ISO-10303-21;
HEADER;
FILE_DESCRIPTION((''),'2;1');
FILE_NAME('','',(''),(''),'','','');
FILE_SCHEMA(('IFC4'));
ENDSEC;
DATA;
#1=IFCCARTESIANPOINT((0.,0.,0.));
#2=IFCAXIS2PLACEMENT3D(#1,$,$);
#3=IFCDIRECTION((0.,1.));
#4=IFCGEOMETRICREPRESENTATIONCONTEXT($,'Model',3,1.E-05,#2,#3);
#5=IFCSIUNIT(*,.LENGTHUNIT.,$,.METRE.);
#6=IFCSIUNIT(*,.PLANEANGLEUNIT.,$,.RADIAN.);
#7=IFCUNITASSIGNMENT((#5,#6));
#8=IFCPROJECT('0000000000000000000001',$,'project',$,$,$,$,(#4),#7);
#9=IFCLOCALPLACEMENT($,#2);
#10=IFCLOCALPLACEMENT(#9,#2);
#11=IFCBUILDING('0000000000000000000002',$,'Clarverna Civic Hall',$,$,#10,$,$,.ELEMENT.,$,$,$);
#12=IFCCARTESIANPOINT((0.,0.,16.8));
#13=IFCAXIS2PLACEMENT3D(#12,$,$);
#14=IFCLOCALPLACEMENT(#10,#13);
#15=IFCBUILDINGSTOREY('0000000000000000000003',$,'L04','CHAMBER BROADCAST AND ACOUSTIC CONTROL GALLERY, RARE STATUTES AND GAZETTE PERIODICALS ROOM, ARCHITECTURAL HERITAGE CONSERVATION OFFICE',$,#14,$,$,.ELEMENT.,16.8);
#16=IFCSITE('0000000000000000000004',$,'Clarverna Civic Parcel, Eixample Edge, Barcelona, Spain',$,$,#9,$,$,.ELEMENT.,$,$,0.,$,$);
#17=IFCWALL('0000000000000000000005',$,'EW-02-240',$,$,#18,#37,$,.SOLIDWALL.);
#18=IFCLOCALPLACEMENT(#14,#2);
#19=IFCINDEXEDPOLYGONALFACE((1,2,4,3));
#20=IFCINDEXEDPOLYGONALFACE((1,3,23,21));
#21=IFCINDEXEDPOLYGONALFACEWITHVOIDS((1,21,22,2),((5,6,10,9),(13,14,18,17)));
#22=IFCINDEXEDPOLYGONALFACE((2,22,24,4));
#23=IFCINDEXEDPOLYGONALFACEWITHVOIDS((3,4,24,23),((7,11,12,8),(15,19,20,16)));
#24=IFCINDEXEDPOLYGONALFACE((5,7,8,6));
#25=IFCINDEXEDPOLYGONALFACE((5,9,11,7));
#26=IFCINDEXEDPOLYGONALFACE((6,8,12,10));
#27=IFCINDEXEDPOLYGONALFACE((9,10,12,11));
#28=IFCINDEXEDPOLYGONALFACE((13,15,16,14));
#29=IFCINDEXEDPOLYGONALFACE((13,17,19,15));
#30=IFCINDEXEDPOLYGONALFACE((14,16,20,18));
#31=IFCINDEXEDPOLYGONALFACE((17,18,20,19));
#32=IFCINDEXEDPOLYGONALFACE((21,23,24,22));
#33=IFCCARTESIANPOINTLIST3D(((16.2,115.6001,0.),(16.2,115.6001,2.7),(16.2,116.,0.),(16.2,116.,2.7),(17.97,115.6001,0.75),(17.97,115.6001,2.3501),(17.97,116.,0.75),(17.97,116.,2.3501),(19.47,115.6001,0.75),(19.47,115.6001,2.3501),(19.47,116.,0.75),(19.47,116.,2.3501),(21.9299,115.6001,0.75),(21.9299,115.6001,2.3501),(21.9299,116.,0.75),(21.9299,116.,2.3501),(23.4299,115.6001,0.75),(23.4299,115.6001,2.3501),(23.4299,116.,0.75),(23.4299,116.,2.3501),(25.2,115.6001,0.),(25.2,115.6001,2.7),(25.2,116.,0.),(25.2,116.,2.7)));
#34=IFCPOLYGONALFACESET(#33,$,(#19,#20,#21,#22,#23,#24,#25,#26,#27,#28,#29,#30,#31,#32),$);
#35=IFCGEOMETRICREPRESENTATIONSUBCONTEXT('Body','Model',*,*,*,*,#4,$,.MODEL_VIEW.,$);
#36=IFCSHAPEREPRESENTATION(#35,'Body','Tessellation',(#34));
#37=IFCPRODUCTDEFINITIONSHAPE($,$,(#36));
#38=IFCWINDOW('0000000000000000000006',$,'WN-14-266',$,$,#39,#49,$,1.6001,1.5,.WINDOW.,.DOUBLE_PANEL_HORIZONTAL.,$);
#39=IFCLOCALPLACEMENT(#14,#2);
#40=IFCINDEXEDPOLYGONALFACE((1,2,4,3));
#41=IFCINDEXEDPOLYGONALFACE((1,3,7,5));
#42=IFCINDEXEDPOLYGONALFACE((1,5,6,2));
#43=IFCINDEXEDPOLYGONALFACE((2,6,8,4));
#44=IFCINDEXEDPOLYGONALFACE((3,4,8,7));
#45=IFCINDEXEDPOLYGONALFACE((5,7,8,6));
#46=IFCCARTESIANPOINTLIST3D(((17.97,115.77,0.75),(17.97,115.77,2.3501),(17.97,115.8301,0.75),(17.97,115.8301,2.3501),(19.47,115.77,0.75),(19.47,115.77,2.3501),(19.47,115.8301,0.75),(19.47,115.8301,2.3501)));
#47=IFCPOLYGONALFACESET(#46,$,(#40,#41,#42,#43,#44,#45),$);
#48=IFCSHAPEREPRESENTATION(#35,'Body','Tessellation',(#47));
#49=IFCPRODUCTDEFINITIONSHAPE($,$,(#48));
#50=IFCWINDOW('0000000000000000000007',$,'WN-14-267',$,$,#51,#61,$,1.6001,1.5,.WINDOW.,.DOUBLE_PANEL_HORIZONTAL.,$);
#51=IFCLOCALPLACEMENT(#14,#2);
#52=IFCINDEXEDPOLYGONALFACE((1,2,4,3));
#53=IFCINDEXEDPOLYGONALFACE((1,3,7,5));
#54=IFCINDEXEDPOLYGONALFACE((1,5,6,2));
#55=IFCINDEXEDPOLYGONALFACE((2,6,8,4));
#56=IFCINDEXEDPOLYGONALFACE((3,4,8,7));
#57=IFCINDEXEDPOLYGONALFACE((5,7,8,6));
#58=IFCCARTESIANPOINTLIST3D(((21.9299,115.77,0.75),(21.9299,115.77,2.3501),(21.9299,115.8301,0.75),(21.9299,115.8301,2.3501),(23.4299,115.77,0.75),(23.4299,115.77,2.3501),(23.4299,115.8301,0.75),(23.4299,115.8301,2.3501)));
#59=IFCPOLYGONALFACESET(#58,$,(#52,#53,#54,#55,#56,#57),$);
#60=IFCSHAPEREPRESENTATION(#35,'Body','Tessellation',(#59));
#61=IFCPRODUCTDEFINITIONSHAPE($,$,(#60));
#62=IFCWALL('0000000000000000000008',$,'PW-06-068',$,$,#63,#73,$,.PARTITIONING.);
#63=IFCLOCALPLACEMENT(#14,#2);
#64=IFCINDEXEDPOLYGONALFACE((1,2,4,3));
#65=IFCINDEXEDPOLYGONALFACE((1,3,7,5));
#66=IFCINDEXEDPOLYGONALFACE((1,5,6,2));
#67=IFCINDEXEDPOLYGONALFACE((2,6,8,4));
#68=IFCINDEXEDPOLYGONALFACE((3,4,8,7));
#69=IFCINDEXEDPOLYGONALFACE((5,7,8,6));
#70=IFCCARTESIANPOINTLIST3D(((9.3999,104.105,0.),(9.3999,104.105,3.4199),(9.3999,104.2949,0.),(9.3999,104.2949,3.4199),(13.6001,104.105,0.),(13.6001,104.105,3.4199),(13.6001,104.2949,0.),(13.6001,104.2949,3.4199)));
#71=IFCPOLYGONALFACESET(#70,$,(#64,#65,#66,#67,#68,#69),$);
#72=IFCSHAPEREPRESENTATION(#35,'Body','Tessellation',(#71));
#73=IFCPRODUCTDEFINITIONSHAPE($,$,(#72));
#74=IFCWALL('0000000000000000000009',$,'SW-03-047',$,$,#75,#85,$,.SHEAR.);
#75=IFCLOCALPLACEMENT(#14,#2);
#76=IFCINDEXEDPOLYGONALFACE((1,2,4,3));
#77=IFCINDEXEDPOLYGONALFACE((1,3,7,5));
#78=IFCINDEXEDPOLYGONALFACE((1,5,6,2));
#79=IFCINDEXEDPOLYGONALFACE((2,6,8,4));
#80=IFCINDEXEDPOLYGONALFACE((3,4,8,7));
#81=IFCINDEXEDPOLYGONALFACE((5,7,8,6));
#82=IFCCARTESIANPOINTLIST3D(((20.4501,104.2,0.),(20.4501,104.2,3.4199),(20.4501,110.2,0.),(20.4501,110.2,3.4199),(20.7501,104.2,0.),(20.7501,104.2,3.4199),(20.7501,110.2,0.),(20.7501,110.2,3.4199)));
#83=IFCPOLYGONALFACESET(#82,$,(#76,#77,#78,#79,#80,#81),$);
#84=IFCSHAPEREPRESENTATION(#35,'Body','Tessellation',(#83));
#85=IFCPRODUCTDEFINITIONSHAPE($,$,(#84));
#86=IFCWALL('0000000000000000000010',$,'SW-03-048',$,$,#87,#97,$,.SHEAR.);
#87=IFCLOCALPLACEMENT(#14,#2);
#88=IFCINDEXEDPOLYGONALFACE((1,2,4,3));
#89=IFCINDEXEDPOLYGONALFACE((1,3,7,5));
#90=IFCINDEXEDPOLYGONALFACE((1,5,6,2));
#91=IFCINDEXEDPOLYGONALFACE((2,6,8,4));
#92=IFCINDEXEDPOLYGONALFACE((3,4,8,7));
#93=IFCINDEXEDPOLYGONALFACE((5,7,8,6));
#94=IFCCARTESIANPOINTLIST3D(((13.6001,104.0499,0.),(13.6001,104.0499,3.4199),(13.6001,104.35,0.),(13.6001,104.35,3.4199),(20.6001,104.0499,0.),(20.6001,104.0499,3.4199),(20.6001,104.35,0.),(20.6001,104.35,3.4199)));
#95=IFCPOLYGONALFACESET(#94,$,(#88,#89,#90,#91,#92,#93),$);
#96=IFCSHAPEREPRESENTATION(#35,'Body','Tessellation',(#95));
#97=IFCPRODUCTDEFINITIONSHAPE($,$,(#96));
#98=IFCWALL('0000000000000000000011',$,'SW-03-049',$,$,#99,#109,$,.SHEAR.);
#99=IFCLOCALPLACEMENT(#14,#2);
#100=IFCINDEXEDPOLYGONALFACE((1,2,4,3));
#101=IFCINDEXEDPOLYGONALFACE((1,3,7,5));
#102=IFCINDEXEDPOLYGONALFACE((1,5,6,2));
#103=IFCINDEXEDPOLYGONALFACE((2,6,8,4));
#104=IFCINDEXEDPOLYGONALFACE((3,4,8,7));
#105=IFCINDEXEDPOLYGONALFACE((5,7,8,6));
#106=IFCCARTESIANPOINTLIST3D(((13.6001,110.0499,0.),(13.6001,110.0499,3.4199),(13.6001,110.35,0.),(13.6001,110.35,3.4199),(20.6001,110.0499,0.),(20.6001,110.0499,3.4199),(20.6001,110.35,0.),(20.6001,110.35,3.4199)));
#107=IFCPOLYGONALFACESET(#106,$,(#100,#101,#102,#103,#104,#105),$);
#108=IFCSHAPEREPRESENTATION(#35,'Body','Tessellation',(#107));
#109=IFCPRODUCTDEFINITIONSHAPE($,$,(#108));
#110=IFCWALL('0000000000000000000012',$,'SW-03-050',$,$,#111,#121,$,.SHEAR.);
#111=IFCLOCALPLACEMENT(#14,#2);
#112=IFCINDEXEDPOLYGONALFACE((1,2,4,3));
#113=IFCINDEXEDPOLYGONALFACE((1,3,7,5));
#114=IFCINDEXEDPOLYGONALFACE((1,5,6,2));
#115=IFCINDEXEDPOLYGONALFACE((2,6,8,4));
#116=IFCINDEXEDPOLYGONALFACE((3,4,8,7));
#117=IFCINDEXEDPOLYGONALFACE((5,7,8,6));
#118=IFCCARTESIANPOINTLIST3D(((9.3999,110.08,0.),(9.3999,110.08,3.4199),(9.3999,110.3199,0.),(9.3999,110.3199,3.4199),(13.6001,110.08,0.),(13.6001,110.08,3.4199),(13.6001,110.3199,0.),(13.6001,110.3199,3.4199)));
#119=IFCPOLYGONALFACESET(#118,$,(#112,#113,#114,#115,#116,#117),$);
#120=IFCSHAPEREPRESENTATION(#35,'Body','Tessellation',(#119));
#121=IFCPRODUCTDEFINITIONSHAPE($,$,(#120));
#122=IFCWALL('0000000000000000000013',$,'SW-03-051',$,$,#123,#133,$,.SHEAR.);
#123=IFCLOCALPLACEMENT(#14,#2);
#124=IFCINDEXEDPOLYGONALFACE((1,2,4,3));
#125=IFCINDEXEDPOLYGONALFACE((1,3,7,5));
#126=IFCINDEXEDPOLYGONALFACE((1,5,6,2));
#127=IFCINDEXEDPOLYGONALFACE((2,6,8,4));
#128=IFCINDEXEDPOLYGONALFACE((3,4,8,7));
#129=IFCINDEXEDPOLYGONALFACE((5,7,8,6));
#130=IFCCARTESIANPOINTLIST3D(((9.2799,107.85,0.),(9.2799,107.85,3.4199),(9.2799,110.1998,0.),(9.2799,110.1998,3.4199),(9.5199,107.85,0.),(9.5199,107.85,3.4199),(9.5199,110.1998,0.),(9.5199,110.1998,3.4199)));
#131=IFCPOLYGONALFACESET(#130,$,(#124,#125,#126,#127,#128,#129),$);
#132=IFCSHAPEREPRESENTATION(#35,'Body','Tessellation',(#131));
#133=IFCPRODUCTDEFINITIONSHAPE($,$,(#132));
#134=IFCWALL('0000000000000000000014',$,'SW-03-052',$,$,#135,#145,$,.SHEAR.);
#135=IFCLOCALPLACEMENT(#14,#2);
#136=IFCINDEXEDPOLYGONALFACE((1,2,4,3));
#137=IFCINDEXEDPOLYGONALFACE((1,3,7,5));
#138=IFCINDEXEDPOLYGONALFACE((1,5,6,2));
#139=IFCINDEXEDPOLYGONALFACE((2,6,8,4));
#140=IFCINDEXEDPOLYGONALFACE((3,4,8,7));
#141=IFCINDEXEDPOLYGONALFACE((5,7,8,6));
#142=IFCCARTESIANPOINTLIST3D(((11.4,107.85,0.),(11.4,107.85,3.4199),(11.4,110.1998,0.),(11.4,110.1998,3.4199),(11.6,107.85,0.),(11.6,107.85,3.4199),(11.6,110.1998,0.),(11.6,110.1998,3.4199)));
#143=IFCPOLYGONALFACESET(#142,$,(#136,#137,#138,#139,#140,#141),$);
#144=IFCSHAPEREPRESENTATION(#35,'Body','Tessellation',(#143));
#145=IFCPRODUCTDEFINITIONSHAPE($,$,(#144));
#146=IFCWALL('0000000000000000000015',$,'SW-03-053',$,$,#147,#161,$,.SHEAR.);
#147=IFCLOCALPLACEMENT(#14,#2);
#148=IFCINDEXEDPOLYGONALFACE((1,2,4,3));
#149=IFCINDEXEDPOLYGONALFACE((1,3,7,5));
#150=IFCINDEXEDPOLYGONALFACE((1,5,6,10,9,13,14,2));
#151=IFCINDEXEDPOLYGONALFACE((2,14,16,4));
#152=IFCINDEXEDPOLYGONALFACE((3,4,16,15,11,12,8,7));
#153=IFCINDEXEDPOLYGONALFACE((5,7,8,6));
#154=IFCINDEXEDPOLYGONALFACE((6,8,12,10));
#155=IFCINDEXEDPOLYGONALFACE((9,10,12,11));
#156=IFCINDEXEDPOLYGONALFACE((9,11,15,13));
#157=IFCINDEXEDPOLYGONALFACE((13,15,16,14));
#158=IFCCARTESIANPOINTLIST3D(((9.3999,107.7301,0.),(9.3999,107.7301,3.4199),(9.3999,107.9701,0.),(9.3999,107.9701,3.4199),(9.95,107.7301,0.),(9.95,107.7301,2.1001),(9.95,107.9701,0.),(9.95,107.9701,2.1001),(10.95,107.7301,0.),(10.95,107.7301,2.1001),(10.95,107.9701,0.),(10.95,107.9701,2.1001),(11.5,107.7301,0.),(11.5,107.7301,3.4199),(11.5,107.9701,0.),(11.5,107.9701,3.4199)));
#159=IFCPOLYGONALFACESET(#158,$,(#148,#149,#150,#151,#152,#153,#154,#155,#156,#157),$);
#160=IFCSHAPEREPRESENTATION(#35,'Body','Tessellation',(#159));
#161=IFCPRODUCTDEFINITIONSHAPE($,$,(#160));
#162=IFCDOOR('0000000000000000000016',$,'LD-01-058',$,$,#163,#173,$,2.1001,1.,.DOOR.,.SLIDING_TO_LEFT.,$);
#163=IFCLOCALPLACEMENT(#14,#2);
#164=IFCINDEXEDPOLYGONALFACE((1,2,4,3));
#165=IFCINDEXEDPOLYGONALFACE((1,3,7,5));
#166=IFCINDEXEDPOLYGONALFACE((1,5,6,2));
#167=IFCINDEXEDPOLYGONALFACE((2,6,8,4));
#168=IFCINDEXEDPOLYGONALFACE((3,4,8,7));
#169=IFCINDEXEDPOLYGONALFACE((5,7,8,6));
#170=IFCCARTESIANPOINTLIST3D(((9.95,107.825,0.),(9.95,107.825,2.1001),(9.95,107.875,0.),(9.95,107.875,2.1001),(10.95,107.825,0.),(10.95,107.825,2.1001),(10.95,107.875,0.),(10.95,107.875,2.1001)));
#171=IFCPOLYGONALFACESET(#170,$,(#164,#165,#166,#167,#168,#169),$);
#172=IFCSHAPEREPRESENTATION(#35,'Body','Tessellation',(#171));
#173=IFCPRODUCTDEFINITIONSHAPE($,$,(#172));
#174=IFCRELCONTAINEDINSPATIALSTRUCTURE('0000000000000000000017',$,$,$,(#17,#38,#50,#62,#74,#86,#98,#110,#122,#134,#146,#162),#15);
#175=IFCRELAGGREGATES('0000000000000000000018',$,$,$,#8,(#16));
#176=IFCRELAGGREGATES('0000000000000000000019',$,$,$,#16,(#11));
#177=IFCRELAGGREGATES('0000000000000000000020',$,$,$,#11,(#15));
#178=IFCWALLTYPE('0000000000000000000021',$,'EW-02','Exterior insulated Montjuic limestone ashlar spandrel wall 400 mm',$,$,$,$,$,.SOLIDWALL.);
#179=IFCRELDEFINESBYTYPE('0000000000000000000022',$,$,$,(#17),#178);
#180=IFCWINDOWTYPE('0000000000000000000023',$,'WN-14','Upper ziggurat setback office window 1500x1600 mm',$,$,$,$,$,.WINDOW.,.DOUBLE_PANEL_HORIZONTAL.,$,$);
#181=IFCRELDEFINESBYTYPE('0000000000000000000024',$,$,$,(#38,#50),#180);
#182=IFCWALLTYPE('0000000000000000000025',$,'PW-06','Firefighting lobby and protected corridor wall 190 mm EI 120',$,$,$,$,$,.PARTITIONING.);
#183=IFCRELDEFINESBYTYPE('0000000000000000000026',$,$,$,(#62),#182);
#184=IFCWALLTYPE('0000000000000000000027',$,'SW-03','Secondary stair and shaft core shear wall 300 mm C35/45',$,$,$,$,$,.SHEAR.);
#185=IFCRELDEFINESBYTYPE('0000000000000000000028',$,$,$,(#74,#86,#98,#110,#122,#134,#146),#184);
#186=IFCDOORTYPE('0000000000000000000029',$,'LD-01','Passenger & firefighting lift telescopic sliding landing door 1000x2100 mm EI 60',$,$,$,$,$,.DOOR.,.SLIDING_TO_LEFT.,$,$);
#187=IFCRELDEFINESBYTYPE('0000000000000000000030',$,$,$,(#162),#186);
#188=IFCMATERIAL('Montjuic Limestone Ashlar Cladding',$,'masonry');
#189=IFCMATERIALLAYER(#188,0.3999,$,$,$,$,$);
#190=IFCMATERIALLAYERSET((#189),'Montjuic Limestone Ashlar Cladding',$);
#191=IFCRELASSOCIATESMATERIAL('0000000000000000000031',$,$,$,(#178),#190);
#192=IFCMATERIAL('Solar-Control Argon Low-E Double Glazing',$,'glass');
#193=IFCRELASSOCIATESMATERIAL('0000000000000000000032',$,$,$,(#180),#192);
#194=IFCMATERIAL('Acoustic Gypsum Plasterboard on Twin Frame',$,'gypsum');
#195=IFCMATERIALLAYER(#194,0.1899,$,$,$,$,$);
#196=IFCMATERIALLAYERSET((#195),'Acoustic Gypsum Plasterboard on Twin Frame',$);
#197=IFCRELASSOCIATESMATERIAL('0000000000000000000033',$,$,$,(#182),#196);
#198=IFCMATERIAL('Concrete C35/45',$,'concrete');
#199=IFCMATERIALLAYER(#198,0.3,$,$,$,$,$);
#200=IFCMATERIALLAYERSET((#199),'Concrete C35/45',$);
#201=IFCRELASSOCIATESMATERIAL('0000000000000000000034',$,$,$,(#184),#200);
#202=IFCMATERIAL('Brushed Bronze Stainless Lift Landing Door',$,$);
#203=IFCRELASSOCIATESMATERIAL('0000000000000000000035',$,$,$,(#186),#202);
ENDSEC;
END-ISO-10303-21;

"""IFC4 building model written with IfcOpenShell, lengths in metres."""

from ifc_helpers import new_model, si_unit, direction, frame, frame_2d, origin, place, context, subcontext, project, spatial, rectangle, extrude, material, layer, layer_set, type_object, element, fill, save


model = new_model("IFC4")

# Units and contexts
model_context = context("Model", 3, precision=1e-05, world=origin(), true_north=direction((0.0, 1.0)))
body_context = subcontext(model_context, "Body", "Model", "MODEL_VIEW")
ifc_project = project(units=[si_unit("LENGTHUNIT", "METRE"), si_unit("PLANEANGLEUNIT", "RADIAN")], contexts=[model_context])

# Site, building, storey
site_placement = place(None, origin())
site = spatial("IfcSite", under=ifc_project, at=site_placement, Name="Clarverna Civic Parcel, Eixample Edge, Barcelona, Spain", CompositionType="ELEMENT", RefElevation=0.0)
building_placement = place(site_placement, origin())
building = spatial("IfcBuilding", under=site, at=building_placement, Name="Clarverna Civic Hall", CompositionType="ELEMENT")
storey_placement = place(building_placement, frame((0.0, 0.0, 16.8)))
storey = spatial("IfcBuildingStorey", under=building, at=storey_placement, Name="L04", Description="CHAMBER BROADCAST AND ACOUSTIC CONTROL GALLERY, RARE STATUTES AND GAZETTE PERIODICALS ROOM, ARCHITECTURAL HERITAGE CONSERVATION OFFICE", CompositionType="ELEMENT", Elevation=16.8)

# Shared definitions
ifc_material_1 = material(Name="Concrete C35/45", Category="concrete")

# Wall, openings, windows
ifc_material_2 = material(Name="Montjuic Limestone Ashlar Cladding", Category="masonry")
ifc_layer_1 = layer(ifc_material_2, 0.3999)
ifc_layer_set_1 = layer_set([ifc_layer_1], Name="Montjuic Limestone Ashlar Cladding")
wall_type_1 = type_object("IfcWallType", Name="EW-02", Description="Exterior insulated Montjuic limestone ashlar spandrel wall 400 mm", PredefinedType="SOLIDWALL", material=ifc_layer_set_1)
wall_1_placement = place(storey_placement, frame((16.2, 115.8, 0.0), z_axis=(0.0, 0.0, 1.0), x_axis=(1.0, 0.0, 0.0)))
wall_1 = element("IfcWall", 1, at=wall_1_placement, inside=storey, type_object=wall_type_1, Name="EW-02-240", PredefinedType="SOLIDWALL", context=body_context, shape_type="SweptSolid", body=[
    extrude(rectangle(XDim=9.0, YDim=0.3999, at=frame_2d((4.5, 0.0))), origin(), (0.0, 0.0, 1.0), 2.7),
])
opening_1_placement = place(wall_1_placement, frame((1.77, 0.0, 0.75)))
opening_1 = element("IfcOpeningElement", 2, at=opening_1_placement, cuts=wall_1, PredefinedType="OPENING", context=body_context, shape_type="SweptSolid", body=[
    extrude(rectangle(XDim=1.5, YDim=1.6001, at=frame_2d((0.75, 0.8))), frame((0.0, 0.21, 0.0), z_axis=(0.0, -1.0, 0.0), x_axis=(1.0, 0.0, 0.0)), (0.0, 0.0, 1.0), 0.4199),
])
opening_2_placement = place(wall_1_placement, frame((5.73, 0.0, 0.75)))
opening_2 = element("IfcOpeningElement", 3, at=opening_2_placement, cuts=wall_1, PredefinedType="OPENING", context=body_context, shape_type="SweptSolid", body=[
    extrude(rectangle(XDim=1.5, YDim=1.6001, at=frame_2d((0.75, 0.8))), frame((0.0, 0.21, 0.0), z_axis=(0.0, -1.0, 0.0), x_axis=(1.0, 0.0, 0.0)), (0.0, 0.0, 1.0), 0.4199),
])
ifc_material_3 = material(Name="Solar-Control Argon Low-E Double Glazing", Category="glass")
window_type = type_object("IfcWindowType", Name="WN-14", Description="Upper ziggurat setback office window 1500x1600 mm", PartitioningType="DOUBLE_PANEL_HORIZONTAL", PredefinedType="WINDOW", material=ifc_material_3)
window_1_placement = place(opening_1_placement, origin())
window_1 = element("IfcWindow", 4, at=window_1_placement, inside=storey, type_object=window_type, Name="WN-14-266", OverallHeight=1.6001, OverallWidth=1.5, PartitioningType="DOUBLE_PANEL_HORIZONTAL", PredefinedType="WINDOW", context=body_context, shape_type="SweptSolid", body=[
    extrude(rectangle(XDim=1.5, YDim=1.6001, at=frame_2d((0.75, 0.8))), frame((0.0, 0.03, 0.0), z_axis=(0.0, -1.0, 0.0), x_axis=(1.0, 0.0, 0.0)), (0.0, 0.0, 1.0), 0.0601),
])
fill(opening_1, window_1)
window_2_placement = place(opening_2_placement, origin())
window_2 = element("IfcWindow", 5, at=window_2_placement, inside=storey, type_object=window_type, Name="WN-14-267", OverallHeight=1.6001, OverallWidth=1.5, PartitioningType="DOUBLE_PANEL_HORIZONTAL", PredefinedType="WINDOW", context=body_context, shape_type="SweptSolid", body=[
    extrude(rectangle(XDim=1.5, YDim=1.6001, at=frame_2d((0.75, 0.8))), frame((0.0, 0.03, 0.0), z_axis=(0.0, -1.0, 0.0), x_axis=(1.0, 0.0, 0.0)), (0.0, 0.0, 1.0), 0.0601),
])
fill(opening_2, window_2)

# Shared definitions
ifc_material_4 = material(Name="Acoustic Gypsum Plasterboard on Twin Frame", Category="gypsum")
ifc_layer_2 = layer(ifc_material_4, 0.1899)
ifc_layer_set_2 = layer_set([ifc_layer_2], Name="Acoustic Gypsum Plasterboard on Twin Frame")
wall_type_2 = type_object("IfcWallType", Name="PW-06", Description="Firefighting lobby and protected corridor wall 190 mm EI 120", PredefinedType="PARTITIONING", material=ifc_layer_set_2)

# Wall
wall_2_placement = place(storey_placement, frame((9.3999, 104.2, 0.0), z_axis=(0.0, 0.0, 1.0), x_axis=(1.0, 0.0, 0.0)))
element("IfcWall", 6, at=wall_2_placement, inside=storey, type_object=wall_type_2, Name="PW-06-068", PredefinedType="PARTITIONING", context=body_context, shape_type="SweptSolid", body=[
    extrude(rectangle(XDim=4.2002, YDim=0.1899, at=frame_2d((2.1001, 0.0))), origin(), (0.0, 0.0, 1.0), 3.4199),
])

# Shared definitions
ifc_layer_3 = layer(ifc_material_1, 0.3)
ifc_layer_set_3 = layer_set([ifc_layer_3], Name="Concrete C35/45")
wall_type_3 = type_object("IfcWallType", Name="SW-03", Description="Secondary stair and shaft core shear wall 300 mm C35/45", PredefinedType="SHEAR", material=ifc_layer_set_3)

# Walls
wall_3_placement = place(storey_placement, frame((20.6001, 104.2, 0.0), z_axis=(0.0, 0.0, 1.0), x_axis=(0.0, 1.0, 0.0)))
element("IfcWall", 7, at=wall_3_placement, inside=storey, type_object=wall_type_3, Name="SW-03-047", PredefinedType="SHEAR", context=body_context, shape_type="SweptSolid", body=[
    extrude(rectangle(XDim=6.0, YDim=0.3, at=frame_2d((3.0, 0.0))), origin(), (0.0, 0.0, 1.0), 3.4199),
])
for number, where, z_axis, x_axis, name in (
    (8, (13.6001, 104.2, 0.0), (0.0, 0.0, 1.0), (1.0, 0.0, 0.0), "SW-03-048"),
    (9, (13.6001, 110.2, 0.0), (0.0, 0.0, 1.0), (1.0, 0.0, 0.0), "SW-03-049"),
):
    element("IfcWall", number, at=place(storey_placement, frame(where, z_axis=z_axis, x_axis=x_axis)), inside=storey, type_object=wall_type_3, Name=name, PredefinedType="SHEAR", context=body_context, shape_type="SweptSolid", body=[
        extrude(rectangle(XDim=7.0, YDim=0.3, at=frame_2d((3.5, 0.0))), origin(), (0.0, 0.0, 1.0), 3.4199),
    ])
wall_4_placement = place(storey_placement, frame((9.3999, 110.2, 0.0), z_axis=(0.0, 0.0, 1.0), x_axis=(1.0, 0.0, 0.0)))
element("IfcWall", 10, at=wall_4_placement, inside=storey, type_object=wall_type_3, Name="SW-03-050", PredefinedType="SHEAR", context=body_context, shape_type="SweptSolid", body=[
    extrude(rectangle(XDim=4.2002, YDim=0.24, at=frame_2d((2.1001, 0.0))), origin(), (0.0, 0.0, 1.0), 3.4199),
])
wall_5_placement = place(storey_placement, frame((9.3999, 107.8501, 0.0), z_axis=(0.0, 0.0, 1.0), x_axis=(0.0, 1.0, 0.0)))
element("IfcWall", 11, at=wall_5_placement, inside=storey, type_object=wall_type_3, Name="SW-03-051", PredefinedType="SHEAR", context=body_context, shape_type="SweptSolid", body=[
    extrude(rectangle(XDim=2.3499, YDim=0.24, at=frame_2d((1.1748, 0.0))), origin(), (0.0, 0.0, 1.0), 3.4199),
])
wall_6_placement = place(storey_placement, frame((11.5, 107.8501, 0.0), z_axis=(0.0, 0.0, 1.0), x_axis=(0.0, 1.0, 0.0)))
element("IfcWall", 12, at=wall_6_placement, inside=storey, type_object=wall_type_3, Name="SW-03-052", PredefinedType="SHEAR", context=body_context, shape_type="SweptSolid", body=[
    extrude(rectangle(XDim=2.3499, YDim=0.2, at=frame_2d((1.1748, 0.0))), origin(), (0.0, 0.0, 1.0), 3.4199),
])

# Wall, opening, door
wall_7_placement = place(storey_placement, frame((9.3999, 107.8501, 0.0), z_axis=(0.0, 0.0, 1.0), x_axis=(1.0, 0.0, 0.0)))
wall_7 = element("IfcWall", 13, at=wall_7_placement, inside=storey, type_object=wall_type_3, Name="SW-03-053", PredefinedType="SHEAR", context=body_context, shape_type="SweptSolid", body=[
    extrude(rectangle(XDim=2.1001, YDim=0.24, at=frame_2d((1.05, 0.0))), origin(), (0.0, 0.0, 1.0), 3.4199),
])
opening_3_placement = place(wall_7_placement, frame((0.55, 0.0, 0.0)))
opening_3 = element("IfcOpeningElement", 14, at=opening_3_placement, cuts=wall_7, PredefinedType="OPENING", context=body_context, shape_type="SweptSolid", body=[
    extrude(rectangle(XDim=1.0, YDim=2.1001, at=frame_2d((0.5, 1.05))), frame((0.0, 0.1299, 0.0), z_axis=(0.0, -1.0, 0.0), x_axis=(1.0, 0.0, 0.0)), (0.0, 0.0, 1.0), 0.26),
])
ifc_material_5 = material(Name="Brushed Bronze Stainless Lift Landing Door")
door_type_1 = type_object("IfcDoorType", Name="LD-01", Description="Passenger & firefighting lift telescopic sliding landing door 1000x2100 mm EI 60", OperationType="SLIDING_TO_LEFT", PredefinedType="DOOR", material=ifc_material_5)
door_1_placement = place(opening_3_placement, origin())
door_1 = element("IfcDoor", 15, at=door_1_placement, inside=storey, type_object=door_type_1, Name="LD-01-058", OperationType="SLIDING_TO_LEFT", OverallHeight=2.1001, OverallWidth=1.0, PredefinedType="DOOR", context=body_context, shape_type="SweptSolid", body=[
    extrude(rectangle(XDim=1.0, YDim=2.1001, at=frame_2d((0.5, 1.05))), frame((0.0, 0.0249, 0.0), z_axis=(0.0, -1.0, 0.0), x_axis=(1.0, 0.0, 0.0)), (0.0, 0.0, 1.0), 0.05),
])
fill(opening_3, door_1)

save(model, "model.ifc")
